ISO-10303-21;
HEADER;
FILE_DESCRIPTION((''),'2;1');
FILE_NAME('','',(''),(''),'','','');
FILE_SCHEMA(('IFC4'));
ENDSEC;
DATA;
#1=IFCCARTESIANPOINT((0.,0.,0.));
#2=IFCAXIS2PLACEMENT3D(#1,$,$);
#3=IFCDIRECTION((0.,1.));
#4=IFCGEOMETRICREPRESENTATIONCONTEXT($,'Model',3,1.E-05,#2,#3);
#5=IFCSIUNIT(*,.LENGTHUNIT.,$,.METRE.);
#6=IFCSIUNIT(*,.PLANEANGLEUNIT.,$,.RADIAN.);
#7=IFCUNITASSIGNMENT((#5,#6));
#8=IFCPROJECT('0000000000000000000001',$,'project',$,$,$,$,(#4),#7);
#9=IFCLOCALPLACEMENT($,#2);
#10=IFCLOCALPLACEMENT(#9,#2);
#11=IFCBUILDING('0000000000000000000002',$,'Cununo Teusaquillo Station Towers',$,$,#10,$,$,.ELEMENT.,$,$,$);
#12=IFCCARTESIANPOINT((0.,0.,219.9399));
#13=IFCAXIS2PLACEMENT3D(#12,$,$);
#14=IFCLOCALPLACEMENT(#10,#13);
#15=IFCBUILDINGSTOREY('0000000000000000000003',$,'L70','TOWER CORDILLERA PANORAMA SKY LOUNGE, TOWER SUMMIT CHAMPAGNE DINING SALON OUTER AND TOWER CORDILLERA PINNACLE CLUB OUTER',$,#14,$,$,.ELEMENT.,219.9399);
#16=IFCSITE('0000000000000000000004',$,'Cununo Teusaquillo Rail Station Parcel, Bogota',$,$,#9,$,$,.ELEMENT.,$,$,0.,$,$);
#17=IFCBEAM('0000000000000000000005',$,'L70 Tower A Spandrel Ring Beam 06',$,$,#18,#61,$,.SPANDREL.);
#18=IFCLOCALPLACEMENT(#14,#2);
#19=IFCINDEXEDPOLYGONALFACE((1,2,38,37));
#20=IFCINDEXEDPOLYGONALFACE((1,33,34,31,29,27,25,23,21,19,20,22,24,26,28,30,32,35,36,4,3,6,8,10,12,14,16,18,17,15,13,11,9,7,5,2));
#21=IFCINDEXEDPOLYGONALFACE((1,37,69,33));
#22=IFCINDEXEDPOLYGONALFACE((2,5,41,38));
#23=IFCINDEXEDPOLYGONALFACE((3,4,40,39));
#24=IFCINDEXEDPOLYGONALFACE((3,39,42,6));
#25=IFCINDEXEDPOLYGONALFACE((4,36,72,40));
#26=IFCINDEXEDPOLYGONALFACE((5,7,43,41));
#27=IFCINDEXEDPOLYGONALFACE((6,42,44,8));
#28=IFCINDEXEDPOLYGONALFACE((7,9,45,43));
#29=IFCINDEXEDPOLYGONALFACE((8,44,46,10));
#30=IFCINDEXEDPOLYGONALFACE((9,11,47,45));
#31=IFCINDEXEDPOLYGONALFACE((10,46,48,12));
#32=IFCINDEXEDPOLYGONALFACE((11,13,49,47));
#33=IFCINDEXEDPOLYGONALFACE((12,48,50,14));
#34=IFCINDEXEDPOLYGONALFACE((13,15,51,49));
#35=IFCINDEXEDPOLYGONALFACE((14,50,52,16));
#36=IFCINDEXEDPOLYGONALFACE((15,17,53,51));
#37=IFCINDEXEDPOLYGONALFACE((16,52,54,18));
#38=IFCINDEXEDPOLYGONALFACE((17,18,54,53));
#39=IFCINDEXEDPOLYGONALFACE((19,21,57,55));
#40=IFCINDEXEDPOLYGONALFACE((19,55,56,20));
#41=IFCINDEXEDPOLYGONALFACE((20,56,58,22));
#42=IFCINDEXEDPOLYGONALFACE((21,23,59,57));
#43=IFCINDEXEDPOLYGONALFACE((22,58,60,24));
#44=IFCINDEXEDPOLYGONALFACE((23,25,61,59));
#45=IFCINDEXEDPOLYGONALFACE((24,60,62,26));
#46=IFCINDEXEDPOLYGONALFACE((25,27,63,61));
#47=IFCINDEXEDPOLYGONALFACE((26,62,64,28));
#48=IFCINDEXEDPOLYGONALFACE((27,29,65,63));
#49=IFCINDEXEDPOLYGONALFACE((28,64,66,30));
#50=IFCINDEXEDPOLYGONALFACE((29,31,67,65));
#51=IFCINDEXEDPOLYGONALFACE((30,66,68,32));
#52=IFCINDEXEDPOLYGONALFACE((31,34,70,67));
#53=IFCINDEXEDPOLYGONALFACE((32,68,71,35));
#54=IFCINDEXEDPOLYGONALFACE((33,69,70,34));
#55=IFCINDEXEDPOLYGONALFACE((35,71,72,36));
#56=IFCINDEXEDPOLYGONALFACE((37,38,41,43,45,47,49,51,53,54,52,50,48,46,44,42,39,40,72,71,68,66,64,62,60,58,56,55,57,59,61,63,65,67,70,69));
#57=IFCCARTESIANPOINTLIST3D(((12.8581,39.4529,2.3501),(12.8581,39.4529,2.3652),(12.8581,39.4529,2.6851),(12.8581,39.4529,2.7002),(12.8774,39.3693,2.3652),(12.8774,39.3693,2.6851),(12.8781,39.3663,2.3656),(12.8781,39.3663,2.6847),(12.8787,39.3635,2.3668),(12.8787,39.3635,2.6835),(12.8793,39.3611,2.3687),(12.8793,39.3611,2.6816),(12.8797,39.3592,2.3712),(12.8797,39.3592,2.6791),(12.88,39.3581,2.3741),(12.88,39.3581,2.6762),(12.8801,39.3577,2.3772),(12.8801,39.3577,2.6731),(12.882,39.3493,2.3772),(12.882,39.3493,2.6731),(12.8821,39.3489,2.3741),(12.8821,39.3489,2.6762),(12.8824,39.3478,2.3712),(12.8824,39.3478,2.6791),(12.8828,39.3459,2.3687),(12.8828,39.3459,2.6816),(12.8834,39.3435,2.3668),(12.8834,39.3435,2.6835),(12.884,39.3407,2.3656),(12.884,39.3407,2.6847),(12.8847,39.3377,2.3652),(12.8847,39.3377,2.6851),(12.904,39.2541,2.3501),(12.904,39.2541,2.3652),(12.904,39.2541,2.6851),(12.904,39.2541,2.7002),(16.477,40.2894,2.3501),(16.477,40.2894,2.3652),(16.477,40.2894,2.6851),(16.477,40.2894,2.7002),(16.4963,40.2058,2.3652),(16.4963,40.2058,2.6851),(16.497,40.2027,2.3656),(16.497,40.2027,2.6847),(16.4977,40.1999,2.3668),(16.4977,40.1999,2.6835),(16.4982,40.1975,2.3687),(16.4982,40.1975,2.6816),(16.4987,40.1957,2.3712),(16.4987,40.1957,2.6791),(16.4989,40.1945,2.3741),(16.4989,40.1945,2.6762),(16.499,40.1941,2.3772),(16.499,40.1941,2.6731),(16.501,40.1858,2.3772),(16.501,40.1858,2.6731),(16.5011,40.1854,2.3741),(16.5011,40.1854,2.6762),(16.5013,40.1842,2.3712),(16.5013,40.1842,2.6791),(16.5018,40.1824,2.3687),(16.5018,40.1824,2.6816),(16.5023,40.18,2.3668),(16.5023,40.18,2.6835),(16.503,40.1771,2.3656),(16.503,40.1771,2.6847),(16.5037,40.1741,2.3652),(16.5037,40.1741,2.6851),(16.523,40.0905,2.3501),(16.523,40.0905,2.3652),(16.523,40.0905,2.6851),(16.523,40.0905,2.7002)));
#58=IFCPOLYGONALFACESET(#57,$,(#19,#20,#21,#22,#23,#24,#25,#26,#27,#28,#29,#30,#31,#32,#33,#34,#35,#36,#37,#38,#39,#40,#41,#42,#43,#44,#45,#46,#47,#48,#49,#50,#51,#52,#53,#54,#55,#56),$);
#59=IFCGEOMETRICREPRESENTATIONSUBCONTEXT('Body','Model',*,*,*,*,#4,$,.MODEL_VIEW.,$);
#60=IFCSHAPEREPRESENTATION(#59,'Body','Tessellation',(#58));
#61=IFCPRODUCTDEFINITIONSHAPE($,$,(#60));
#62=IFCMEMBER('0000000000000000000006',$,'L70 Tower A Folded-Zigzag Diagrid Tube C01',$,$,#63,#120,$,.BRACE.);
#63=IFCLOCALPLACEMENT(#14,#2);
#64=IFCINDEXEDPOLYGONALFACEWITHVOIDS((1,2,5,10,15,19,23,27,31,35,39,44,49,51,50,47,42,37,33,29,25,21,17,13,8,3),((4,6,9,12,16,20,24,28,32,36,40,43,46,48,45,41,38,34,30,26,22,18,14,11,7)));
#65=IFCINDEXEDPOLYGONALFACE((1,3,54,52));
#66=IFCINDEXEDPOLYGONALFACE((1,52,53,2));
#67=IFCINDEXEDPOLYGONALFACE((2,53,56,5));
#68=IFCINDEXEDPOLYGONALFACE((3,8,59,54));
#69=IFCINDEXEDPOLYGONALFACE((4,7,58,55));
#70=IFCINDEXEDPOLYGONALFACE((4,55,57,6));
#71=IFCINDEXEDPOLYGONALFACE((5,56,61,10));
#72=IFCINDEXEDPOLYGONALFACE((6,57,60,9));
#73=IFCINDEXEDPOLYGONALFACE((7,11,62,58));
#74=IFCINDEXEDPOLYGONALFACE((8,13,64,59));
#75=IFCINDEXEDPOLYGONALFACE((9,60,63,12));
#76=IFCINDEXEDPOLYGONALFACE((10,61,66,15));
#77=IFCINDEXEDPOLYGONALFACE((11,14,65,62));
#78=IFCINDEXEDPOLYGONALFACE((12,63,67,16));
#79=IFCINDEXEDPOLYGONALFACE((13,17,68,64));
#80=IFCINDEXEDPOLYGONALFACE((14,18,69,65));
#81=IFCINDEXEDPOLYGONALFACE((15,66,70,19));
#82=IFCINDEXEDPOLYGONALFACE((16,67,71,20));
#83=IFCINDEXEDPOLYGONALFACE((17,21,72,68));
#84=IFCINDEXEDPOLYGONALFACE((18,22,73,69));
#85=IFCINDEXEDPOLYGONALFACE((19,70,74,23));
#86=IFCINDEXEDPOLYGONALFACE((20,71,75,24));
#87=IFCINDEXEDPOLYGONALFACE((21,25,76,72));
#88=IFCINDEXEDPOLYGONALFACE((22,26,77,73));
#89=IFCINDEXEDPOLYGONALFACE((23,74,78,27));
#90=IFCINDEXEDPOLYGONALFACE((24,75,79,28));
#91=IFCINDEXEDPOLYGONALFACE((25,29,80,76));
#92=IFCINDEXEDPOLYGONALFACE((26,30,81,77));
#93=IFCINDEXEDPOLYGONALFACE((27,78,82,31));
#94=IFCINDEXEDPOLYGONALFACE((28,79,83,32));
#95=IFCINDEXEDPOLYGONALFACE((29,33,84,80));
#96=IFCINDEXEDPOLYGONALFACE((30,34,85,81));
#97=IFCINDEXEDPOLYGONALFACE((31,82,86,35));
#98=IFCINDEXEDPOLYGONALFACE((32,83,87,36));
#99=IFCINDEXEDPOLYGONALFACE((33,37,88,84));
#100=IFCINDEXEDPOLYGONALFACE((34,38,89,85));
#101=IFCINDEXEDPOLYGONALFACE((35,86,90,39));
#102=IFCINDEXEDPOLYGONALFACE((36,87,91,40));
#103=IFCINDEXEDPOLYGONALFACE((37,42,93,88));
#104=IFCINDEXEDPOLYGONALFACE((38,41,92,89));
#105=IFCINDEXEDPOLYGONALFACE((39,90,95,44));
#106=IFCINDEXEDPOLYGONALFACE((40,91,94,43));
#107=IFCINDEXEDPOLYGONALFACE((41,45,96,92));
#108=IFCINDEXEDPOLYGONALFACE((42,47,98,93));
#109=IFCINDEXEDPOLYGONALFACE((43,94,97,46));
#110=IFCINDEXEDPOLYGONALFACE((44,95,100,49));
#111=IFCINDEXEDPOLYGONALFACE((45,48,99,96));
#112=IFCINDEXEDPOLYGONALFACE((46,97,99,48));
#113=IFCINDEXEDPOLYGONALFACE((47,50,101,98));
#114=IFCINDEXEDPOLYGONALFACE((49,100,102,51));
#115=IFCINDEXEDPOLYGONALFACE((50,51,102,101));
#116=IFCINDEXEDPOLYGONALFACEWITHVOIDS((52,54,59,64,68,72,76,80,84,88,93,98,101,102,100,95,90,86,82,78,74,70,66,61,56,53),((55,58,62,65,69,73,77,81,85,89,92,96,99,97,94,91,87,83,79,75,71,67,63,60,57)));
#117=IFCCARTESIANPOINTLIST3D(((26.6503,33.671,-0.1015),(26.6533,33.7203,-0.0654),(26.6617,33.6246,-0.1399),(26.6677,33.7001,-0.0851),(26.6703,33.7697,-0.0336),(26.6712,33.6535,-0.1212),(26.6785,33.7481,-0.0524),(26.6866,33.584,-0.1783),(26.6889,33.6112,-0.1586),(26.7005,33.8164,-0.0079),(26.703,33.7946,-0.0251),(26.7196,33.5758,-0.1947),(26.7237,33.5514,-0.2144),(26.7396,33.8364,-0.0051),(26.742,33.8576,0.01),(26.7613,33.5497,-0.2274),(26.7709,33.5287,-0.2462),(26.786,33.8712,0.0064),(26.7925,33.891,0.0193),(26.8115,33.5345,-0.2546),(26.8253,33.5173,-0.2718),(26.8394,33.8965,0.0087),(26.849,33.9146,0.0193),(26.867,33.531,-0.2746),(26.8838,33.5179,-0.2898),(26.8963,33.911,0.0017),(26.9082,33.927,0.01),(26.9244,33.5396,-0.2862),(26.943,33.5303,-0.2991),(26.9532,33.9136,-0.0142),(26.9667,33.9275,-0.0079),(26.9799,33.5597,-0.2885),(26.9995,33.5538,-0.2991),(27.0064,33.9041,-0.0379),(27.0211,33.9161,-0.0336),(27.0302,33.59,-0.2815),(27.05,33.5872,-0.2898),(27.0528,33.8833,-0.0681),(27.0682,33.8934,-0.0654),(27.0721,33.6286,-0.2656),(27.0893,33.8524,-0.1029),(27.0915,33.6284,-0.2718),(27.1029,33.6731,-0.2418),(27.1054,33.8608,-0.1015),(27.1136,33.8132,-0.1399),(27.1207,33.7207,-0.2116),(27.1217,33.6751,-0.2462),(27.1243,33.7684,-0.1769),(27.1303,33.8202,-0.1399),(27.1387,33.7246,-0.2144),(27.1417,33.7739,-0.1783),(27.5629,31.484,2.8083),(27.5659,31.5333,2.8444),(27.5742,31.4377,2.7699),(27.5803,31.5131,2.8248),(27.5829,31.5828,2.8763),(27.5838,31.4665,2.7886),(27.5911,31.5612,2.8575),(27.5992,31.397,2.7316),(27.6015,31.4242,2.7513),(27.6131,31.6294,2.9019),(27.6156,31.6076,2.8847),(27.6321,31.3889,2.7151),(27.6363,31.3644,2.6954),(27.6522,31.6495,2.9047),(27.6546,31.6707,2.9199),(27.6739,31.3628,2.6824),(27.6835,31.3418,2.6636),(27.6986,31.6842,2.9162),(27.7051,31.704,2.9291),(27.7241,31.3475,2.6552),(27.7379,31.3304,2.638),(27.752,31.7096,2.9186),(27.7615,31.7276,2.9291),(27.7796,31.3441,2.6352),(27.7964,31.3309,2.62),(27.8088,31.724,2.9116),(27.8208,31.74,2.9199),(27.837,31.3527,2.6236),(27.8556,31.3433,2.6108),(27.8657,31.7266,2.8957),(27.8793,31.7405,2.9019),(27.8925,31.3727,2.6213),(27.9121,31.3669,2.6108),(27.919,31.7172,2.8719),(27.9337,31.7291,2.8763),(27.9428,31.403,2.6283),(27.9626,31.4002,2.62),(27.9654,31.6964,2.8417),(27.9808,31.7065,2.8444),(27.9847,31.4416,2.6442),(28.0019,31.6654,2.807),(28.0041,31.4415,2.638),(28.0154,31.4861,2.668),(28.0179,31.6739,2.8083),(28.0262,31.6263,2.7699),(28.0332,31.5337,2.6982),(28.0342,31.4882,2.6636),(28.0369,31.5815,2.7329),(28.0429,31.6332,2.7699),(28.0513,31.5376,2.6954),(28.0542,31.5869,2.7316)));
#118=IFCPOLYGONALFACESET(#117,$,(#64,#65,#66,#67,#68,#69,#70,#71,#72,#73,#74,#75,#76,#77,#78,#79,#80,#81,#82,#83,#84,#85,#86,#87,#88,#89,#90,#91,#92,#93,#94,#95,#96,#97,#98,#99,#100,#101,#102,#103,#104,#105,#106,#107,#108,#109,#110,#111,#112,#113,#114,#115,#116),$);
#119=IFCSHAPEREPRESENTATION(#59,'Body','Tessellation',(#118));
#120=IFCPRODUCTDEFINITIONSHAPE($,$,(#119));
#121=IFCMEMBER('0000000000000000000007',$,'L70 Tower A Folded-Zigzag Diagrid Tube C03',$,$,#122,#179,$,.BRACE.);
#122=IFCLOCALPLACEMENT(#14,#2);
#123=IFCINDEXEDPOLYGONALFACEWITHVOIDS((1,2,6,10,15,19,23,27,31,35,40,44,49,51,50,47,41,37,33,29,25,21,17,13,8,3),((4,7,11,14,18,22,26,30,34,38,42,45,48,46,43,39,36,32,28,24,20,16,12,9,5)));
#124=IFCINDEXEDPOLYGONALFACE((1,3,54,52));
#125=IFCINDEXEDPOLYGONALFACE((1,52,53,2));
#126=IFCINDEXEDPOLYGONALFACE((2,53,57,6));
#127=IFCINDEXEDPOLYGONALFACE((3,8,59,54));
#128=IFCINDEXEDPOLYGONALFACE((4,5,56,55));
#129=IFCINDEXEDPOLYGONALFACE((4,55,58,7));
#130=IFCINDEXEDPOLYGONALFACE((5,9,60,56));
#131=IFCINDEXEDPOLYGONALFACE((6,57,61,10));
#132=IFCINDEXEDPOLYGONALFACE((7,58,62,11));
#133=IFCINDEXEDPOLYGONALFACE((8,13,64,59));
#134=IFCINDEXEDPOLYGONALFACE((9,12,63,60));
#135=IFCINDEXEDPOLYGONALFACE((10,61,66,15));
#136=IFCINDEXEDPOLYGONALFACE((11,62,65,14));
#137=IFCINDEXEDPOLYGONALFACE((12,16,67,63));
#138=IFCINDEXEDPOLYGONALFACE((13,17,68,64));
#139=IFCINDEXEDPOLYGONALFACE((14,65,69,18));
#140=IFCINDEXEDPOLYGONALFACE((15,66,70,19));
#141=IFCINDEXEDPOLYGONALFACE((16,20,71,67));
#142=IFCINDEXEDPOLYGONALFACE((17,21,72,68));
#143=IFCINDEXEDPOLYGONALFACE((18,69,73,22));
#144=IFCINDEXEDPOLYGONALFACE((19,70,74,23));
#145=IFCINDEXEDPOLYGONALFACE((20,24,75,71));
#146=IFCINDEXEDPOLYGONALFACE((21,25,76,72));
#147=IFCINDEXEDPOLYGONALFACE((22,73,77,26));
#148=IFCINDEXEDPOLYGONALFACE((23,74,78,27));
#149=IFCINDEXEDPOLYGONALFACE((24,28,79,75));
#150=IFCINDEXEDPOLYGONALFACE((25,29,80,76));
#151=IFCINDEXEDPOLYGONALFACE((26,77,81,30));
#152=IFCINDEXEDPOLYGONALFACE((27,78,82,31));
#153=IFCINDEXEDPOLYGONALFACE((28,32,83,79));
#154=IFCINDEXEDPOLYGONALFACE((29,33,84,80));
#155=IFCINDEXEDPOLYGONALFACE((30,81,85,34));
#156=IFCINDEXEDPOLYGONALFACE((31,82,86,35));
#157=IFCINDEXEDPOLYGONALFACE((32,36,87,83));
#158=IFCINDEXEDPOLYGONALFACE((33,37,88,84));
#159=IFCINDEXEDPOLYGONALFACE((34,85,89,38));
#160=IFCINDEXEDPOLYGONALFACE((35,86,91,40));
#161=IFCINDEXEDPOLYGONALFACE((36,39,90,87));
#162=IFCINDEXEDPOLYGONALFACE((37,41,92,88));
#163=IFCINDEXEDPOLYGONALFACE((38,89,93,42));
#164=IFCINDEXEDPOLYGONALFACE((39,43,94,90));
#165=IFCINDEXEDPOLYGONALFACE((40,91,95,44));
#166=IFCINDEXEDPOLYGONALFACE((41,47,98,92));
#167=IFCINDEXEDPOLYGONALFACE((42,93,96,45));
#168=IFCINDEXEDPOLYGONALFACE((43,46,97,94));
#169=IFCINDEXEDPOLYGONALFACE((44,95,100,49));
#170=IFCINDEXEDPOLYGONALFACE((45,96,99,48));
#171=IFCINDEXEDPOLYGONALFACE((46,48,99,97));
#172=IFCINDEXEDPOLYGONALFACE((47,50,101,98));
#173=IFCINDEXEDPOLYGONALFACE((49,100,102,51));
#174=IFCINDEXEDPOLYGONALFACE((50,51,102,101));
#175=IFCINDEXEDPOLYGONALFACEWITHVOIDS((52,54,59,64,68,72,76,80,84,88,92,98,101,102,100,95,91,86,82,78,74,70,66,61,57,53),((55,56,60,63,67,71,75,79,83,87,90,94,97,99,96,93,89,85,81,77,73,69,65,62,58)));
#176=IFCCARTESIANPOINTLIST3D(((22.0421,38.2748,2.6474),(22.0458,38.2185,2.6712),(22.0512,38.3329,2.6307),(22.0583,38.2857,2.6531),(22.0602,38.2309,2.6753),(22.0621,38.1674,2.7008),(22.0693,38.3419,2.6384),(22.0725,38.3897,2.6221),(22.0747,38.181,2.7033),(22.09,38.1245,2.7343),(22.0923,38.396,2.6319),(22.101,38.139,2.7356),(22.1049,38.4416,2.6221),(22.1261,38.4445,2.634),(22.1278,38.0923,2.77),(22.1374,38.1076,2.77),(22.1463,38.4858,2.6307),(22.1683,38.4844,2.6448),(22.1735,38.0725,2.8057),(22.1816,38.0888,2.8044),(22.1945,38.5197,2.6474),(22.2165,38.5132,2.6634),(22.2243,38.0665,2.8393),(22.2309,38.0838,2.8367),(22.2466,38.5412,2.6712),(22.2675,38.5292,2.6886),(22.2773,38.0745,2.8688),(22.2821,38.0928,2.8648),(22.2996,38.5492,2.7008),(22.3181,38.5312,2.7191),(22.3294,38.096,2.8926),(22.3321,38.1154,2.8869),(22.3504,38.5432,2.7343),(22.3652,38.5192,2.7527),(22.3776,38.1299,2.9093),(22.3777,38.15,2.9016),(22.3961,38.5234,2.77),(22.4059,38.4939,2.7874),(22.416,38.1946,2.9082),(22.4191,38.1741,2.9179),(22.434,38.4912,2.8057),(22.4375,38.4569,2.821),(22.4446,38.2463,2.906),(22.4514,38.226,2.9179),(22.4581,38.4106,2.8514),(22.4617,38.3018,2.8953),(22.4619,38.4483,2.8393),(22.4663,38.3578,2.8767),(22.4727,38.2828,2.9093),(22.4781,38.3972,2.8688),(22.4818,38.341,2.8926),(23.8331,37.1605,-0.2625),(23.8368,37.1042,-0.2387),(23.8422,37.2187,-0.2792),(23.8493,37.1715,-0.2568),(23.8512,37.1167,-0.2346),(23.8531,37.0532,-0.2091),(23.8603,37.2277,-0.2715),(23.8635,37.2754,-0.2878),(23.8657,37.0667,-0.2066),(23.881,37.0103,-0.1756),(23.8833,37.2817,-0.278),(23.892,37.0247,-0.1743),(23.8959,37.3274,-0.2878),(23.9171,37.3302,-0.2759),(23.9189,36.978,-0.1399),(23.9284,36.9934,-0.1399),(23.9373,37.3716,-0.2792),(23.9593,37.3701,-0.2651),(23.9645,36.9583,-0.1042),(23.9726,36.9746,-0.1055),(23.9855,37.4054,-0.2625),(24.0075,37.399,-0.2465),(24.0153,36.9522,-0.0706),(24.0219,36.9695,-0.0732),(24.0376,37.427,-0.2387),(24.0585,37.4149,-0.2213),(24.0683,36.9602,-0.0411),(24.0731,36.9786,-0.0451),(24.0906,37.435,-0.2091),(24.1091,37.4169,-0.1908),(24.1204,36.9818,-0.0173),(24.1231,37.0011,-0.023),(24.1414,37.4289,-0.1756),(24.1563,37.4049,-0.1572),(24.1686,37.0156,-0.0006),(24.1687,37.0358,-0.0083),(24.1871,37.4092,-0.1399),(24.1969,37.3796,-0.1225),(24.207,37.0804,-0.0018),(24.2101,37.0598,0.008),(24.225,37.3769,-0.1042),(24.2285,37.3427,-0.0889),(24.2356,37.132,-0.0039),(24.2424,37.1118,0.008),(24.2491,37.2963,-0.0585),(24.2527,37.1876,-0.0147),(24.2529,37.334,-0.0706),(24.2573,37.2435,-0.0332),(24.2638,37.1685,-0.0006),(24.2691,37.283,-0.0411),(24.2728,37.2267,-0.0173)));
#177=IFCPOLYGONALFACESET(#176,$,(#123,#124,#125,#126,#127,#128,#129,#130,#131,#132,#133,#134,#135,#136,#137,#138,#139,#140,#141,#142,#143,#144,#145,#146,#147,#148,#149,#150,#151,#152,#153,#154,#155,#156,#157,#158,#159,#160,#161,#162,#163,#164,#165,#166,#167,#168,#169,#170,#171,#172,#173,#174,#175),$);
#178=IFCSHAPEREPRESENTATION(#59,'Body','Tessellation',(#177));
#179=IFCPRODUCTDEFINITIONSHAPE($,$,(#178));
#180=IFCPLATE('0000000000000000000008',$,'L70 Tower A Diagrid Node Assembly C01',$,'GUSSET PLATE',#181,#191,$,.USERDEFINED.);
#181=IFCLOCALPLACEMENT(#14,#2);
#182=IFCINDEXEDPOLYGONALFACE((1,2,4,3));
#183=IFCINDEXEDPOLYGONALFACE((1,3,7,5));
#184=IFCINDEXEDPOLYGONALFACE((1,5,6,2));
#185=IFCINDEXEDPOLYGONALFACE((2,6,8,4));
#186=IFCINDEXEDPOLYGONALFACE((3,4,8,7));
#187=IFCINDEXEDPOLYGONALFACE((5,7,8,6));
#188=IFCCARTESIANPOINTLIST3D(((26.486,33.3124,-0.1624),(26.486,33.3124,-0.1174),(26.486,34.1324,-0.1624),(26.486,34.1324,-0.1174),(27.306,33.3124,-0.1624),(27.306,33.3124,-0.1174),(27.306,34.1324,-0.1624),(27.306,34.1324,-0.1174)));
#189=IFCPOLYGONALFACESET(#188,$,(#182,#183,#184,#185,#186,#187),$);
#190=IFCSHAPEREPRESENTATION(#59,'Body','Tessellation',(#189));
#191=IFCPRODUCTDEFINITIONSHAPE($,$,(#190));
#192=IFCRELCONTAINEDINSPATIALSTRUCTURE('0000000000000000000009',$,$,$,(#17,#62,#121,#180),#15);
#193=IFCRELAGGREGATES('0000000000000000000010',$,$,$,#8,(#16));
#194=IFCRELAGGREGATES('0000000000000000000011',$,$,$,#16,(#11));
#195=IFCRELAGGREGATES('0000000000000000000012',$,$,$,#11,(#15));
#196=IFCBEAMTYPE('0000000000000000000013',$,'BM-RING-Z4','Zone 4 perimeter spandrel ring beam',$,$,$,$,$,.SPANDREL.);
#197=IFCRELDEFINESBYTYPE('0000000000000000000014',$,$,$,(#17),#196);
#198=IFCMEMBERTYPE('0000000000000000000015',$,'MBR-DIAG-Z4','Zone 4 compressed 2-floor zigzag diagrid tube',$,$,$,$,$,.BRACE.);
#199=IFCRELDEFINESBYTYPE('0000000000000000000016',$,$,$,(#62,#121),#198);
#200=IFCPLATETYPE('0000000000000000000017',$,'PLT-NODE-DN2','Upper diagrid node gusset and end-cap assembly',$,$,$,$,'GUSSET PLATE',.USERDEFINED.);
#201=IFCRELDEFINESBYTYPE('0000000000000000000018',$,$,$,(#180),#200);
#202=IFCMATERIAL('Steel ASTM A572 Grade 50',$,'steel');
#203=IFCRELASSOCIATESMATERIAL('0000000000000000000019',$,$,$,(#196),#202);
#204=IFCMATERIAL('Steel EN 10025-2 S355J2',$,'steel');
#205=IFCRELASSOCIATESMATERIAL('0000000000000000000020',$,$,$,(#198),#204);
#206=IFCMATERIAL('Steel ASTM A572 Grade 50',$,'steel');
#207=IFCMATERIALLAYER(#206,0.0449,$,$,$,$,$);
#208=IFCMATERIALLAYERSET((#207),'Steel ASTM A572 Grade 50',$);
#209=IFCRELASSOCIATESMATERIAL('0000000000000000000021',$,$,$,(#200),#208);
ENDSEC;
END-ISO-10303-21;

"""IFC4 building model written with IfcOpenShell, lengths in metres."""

from ifc_helpers import new_model, si_unit, direction, frame, origin, origin_2d, place, context, subcontext, project, spatial, rectangle, hollow_circle, i_section, extrude, source, transform, mapped, material, layer, layer_set, material_profile, profile_set, type_object, element, save


model = new_model("IFC4")

# Units and contexts
model_context = context("Model", 3, precision=1e-05, world=origin(), true_north=direction((0.0, 1.0)))
body_context = subcontext(model_context, "Body", "Model", "MODEL_VIEW")
ifc_project = project(units=[si_unit("LENGTHUNIT", "METRE"), si_unit("PLANEANGLEUNIT", "RADIAN")], contexts=[model_context])

# Site, building, storey
site_placement = place(None, origin())
site = spatial("IfcSite", under=ifc_project, at=site_placement, Name="Cununo Teusaquillo Rail Station Parcel, Bogota", CompositionType="ELEMENT", RefElevation=0.0)
building_placement = place(site_placement, origin())
building = spatial("IfcBuilding", under=site, at=building_placement, Name="Cununo Teusaquillo Station Towers", CompositionType="ELEMENT")
storey_placement = place(building_placement, frame((0.0, 0.0, 219.9399)))
storey = spatial("IfcBuildingStorey", under=building, at=storey_placement, Name="L70", Description="TOWER CORDILLERA PANORAMA SKY LOUNGE, TOWER SUMMIT CHAMPAGNE DINING SALON OUTER AND TOWER CORDILLERA PINNACLE CLUB OUTER", CompositionType="ELEMENT", Elevation=219.9399)

# Beam
ifc_material_1 = material(Name="Steel ASTM A572 Grade 50", Category="steel")
ifc_material_profile_1 = material_profile(ifc_material_1, i_section(OverallWidth=0.2041, OverallDepth=0.3501, WebThickness=0.0085, FlangeThickness=0.0151, FilletRadius=0.012, at=origin_2d()), Name="W14X48")
ifc_profile_set_1 = profile_set([ifc_material_profile_1], Name="Steel ASTM A572 Grade 50")
beam_type_1 = type_object("IfcBeamType", Name="BM-RING-Z4", Description="Zone 4 perimeter spandrel ring beam", PredefinedType="SPANDREL", material=ifc_profile_set_1)
for number, where, z_axis, x_axis, name in (
    (1, (16.5, 40.1899, 2.5251), (-0.974315, -0.225191, 0.0), (0.225191, -0.974315, 0.0), "L70 Tower A Spandrel Ring Beam 06"),
):
    element("IfcBeam", number, at=place(storey_placement, frame(where, z_axis=z_axis, x_axis=x_axis)), inside=storey, type_object=beam_type_1, Name=name, PredefinedType="SPANDREL", context=body_context, shape_type="SweptSolid", body=[
        extrude(i_section(OverallWidth=0.2041, OverallDepth=0.3501, WebThickness=0.0085, FlangeThickness=0.0151, FilletRadius=0.012, at=origin_2d()), origin(), (0.0, 0.0, 1.0), 3.7144),
    ])

# Members
ifc_material_2 = material(Name="Steel EN 10025-2 S355J2", Category="steel")
ifc_material_profile_2 = material_profile(ifc_material_2, hollow_circle(Radius=0.2539, WallThickness=0.0181, at=origin_2d()), Name="CHS 508x18")
ifc_profile_set_2 = profile_set([ifc_material_profile_2], Name="Steel EN 10025-2 S355J2")
member_type = type_object("IfcMemberType", Name="MBR-DIAG-Z4", Description="Zone 4 compressed 2-floor zigzag diagrid tube", PredefinedType="BRACE", material=ifc_profile_set_2)
member_1_placement = place(storey_placement, frame((26.896, 33.7224, -0.1399), z_axis=(0.243178, -0.582769, 0.775399), x_axis=(0.922876, 0.385098, 0.0)))
element("IfcMember", 2, at=member_1_placement, inside=storey, type_object=member_type, Name="L70 Tower A Folded-Zigzag Diagrid Tube C01", PredefinedType="BRACE", context=body_context, shape_type="SweptSolid", body=[
    extrude(hollow_circle(Radius=0.2539, WallThickness=0.0181, at=origin_2d()), origin(), (0.0, 0.0, 1.0), 3.7527),
])
member_2_placement = place(storey_placement, frame((24.053, 37.1936, -0.1399), z_axis=(-0.498334, 0.310032, 0.809656), x_axis=(-0.52825, -0.849089, 0.0)))
element("IfcMember", 3, at=member_2_placement, inside=storey, type_object=member_type, Name="L70 Tower A Folded-Zigzag Diagrid Tube C03", PredefinedType="BRACE", context=body_context, shape_type="SweptSolid", body=[
    extrude(hollow_circle(Radius=0.2539, WallThickness=0.0181, at=origin_2d()), origin(), (0.0, 0.0, 1.0), 3.594),
])

# Plate
ifc_material_3 = material(Name="Steel ASTM A572 Grade 50", Category="steel")
ifc_layer_1 = layer(ifc_material_3, 0.0449)
ifc_layer_set_1 = layer_set([ifc_layer_1], Name="Steel ASTM A572 Grade 50")
plate_type = type_object("IfcPlateType", Name="PLT-NODE-DN2", Description="Upper diagrid node gusset and end-cap assembly", ElementType="GUSSET PLATE", PredefinedType="USERDEFINED", material=ifc_layer_set_1)
shared_shape_1 = source(origin(), body_context, "Body", "SweptSolid", [
    extrude(rectangle(XDim=0.8201, YDim=0.8201, at=origin_2d()), origin(), (0.0, 0.0, 1.0), 0.0449),
])
for number, where, z_axis, x_axis, name in (
    (4, (26.896, 33.7224, -0.1624), (0.0, 0.0, 1.0), (1.0, 0.0, 0.0), "L70 Tower A Diagrid Node Assembly C01"),
):
    element("IfcPlate", number, at=place(storey_placement, frame(where, z_axis=z_axis, x_axis=x_axis)), inside=storey, type_object=plate_type, Name=name, ObjectType="GUSSET PLATE", PredefinedType="USERDEFINED", context=body_context, shape_type="MappedRepresentation", body=[
        mapped(shared_shape_1, transform((0.0, 0.0, 0.0), x_axis=(1.0, 0.0, 0.0), y_axis=(0.0, 1.0, 0.0), z_axis=(0.0, 0.0, 1.0), scale=1.0)),
    ])

save(model, "model.ifc")
